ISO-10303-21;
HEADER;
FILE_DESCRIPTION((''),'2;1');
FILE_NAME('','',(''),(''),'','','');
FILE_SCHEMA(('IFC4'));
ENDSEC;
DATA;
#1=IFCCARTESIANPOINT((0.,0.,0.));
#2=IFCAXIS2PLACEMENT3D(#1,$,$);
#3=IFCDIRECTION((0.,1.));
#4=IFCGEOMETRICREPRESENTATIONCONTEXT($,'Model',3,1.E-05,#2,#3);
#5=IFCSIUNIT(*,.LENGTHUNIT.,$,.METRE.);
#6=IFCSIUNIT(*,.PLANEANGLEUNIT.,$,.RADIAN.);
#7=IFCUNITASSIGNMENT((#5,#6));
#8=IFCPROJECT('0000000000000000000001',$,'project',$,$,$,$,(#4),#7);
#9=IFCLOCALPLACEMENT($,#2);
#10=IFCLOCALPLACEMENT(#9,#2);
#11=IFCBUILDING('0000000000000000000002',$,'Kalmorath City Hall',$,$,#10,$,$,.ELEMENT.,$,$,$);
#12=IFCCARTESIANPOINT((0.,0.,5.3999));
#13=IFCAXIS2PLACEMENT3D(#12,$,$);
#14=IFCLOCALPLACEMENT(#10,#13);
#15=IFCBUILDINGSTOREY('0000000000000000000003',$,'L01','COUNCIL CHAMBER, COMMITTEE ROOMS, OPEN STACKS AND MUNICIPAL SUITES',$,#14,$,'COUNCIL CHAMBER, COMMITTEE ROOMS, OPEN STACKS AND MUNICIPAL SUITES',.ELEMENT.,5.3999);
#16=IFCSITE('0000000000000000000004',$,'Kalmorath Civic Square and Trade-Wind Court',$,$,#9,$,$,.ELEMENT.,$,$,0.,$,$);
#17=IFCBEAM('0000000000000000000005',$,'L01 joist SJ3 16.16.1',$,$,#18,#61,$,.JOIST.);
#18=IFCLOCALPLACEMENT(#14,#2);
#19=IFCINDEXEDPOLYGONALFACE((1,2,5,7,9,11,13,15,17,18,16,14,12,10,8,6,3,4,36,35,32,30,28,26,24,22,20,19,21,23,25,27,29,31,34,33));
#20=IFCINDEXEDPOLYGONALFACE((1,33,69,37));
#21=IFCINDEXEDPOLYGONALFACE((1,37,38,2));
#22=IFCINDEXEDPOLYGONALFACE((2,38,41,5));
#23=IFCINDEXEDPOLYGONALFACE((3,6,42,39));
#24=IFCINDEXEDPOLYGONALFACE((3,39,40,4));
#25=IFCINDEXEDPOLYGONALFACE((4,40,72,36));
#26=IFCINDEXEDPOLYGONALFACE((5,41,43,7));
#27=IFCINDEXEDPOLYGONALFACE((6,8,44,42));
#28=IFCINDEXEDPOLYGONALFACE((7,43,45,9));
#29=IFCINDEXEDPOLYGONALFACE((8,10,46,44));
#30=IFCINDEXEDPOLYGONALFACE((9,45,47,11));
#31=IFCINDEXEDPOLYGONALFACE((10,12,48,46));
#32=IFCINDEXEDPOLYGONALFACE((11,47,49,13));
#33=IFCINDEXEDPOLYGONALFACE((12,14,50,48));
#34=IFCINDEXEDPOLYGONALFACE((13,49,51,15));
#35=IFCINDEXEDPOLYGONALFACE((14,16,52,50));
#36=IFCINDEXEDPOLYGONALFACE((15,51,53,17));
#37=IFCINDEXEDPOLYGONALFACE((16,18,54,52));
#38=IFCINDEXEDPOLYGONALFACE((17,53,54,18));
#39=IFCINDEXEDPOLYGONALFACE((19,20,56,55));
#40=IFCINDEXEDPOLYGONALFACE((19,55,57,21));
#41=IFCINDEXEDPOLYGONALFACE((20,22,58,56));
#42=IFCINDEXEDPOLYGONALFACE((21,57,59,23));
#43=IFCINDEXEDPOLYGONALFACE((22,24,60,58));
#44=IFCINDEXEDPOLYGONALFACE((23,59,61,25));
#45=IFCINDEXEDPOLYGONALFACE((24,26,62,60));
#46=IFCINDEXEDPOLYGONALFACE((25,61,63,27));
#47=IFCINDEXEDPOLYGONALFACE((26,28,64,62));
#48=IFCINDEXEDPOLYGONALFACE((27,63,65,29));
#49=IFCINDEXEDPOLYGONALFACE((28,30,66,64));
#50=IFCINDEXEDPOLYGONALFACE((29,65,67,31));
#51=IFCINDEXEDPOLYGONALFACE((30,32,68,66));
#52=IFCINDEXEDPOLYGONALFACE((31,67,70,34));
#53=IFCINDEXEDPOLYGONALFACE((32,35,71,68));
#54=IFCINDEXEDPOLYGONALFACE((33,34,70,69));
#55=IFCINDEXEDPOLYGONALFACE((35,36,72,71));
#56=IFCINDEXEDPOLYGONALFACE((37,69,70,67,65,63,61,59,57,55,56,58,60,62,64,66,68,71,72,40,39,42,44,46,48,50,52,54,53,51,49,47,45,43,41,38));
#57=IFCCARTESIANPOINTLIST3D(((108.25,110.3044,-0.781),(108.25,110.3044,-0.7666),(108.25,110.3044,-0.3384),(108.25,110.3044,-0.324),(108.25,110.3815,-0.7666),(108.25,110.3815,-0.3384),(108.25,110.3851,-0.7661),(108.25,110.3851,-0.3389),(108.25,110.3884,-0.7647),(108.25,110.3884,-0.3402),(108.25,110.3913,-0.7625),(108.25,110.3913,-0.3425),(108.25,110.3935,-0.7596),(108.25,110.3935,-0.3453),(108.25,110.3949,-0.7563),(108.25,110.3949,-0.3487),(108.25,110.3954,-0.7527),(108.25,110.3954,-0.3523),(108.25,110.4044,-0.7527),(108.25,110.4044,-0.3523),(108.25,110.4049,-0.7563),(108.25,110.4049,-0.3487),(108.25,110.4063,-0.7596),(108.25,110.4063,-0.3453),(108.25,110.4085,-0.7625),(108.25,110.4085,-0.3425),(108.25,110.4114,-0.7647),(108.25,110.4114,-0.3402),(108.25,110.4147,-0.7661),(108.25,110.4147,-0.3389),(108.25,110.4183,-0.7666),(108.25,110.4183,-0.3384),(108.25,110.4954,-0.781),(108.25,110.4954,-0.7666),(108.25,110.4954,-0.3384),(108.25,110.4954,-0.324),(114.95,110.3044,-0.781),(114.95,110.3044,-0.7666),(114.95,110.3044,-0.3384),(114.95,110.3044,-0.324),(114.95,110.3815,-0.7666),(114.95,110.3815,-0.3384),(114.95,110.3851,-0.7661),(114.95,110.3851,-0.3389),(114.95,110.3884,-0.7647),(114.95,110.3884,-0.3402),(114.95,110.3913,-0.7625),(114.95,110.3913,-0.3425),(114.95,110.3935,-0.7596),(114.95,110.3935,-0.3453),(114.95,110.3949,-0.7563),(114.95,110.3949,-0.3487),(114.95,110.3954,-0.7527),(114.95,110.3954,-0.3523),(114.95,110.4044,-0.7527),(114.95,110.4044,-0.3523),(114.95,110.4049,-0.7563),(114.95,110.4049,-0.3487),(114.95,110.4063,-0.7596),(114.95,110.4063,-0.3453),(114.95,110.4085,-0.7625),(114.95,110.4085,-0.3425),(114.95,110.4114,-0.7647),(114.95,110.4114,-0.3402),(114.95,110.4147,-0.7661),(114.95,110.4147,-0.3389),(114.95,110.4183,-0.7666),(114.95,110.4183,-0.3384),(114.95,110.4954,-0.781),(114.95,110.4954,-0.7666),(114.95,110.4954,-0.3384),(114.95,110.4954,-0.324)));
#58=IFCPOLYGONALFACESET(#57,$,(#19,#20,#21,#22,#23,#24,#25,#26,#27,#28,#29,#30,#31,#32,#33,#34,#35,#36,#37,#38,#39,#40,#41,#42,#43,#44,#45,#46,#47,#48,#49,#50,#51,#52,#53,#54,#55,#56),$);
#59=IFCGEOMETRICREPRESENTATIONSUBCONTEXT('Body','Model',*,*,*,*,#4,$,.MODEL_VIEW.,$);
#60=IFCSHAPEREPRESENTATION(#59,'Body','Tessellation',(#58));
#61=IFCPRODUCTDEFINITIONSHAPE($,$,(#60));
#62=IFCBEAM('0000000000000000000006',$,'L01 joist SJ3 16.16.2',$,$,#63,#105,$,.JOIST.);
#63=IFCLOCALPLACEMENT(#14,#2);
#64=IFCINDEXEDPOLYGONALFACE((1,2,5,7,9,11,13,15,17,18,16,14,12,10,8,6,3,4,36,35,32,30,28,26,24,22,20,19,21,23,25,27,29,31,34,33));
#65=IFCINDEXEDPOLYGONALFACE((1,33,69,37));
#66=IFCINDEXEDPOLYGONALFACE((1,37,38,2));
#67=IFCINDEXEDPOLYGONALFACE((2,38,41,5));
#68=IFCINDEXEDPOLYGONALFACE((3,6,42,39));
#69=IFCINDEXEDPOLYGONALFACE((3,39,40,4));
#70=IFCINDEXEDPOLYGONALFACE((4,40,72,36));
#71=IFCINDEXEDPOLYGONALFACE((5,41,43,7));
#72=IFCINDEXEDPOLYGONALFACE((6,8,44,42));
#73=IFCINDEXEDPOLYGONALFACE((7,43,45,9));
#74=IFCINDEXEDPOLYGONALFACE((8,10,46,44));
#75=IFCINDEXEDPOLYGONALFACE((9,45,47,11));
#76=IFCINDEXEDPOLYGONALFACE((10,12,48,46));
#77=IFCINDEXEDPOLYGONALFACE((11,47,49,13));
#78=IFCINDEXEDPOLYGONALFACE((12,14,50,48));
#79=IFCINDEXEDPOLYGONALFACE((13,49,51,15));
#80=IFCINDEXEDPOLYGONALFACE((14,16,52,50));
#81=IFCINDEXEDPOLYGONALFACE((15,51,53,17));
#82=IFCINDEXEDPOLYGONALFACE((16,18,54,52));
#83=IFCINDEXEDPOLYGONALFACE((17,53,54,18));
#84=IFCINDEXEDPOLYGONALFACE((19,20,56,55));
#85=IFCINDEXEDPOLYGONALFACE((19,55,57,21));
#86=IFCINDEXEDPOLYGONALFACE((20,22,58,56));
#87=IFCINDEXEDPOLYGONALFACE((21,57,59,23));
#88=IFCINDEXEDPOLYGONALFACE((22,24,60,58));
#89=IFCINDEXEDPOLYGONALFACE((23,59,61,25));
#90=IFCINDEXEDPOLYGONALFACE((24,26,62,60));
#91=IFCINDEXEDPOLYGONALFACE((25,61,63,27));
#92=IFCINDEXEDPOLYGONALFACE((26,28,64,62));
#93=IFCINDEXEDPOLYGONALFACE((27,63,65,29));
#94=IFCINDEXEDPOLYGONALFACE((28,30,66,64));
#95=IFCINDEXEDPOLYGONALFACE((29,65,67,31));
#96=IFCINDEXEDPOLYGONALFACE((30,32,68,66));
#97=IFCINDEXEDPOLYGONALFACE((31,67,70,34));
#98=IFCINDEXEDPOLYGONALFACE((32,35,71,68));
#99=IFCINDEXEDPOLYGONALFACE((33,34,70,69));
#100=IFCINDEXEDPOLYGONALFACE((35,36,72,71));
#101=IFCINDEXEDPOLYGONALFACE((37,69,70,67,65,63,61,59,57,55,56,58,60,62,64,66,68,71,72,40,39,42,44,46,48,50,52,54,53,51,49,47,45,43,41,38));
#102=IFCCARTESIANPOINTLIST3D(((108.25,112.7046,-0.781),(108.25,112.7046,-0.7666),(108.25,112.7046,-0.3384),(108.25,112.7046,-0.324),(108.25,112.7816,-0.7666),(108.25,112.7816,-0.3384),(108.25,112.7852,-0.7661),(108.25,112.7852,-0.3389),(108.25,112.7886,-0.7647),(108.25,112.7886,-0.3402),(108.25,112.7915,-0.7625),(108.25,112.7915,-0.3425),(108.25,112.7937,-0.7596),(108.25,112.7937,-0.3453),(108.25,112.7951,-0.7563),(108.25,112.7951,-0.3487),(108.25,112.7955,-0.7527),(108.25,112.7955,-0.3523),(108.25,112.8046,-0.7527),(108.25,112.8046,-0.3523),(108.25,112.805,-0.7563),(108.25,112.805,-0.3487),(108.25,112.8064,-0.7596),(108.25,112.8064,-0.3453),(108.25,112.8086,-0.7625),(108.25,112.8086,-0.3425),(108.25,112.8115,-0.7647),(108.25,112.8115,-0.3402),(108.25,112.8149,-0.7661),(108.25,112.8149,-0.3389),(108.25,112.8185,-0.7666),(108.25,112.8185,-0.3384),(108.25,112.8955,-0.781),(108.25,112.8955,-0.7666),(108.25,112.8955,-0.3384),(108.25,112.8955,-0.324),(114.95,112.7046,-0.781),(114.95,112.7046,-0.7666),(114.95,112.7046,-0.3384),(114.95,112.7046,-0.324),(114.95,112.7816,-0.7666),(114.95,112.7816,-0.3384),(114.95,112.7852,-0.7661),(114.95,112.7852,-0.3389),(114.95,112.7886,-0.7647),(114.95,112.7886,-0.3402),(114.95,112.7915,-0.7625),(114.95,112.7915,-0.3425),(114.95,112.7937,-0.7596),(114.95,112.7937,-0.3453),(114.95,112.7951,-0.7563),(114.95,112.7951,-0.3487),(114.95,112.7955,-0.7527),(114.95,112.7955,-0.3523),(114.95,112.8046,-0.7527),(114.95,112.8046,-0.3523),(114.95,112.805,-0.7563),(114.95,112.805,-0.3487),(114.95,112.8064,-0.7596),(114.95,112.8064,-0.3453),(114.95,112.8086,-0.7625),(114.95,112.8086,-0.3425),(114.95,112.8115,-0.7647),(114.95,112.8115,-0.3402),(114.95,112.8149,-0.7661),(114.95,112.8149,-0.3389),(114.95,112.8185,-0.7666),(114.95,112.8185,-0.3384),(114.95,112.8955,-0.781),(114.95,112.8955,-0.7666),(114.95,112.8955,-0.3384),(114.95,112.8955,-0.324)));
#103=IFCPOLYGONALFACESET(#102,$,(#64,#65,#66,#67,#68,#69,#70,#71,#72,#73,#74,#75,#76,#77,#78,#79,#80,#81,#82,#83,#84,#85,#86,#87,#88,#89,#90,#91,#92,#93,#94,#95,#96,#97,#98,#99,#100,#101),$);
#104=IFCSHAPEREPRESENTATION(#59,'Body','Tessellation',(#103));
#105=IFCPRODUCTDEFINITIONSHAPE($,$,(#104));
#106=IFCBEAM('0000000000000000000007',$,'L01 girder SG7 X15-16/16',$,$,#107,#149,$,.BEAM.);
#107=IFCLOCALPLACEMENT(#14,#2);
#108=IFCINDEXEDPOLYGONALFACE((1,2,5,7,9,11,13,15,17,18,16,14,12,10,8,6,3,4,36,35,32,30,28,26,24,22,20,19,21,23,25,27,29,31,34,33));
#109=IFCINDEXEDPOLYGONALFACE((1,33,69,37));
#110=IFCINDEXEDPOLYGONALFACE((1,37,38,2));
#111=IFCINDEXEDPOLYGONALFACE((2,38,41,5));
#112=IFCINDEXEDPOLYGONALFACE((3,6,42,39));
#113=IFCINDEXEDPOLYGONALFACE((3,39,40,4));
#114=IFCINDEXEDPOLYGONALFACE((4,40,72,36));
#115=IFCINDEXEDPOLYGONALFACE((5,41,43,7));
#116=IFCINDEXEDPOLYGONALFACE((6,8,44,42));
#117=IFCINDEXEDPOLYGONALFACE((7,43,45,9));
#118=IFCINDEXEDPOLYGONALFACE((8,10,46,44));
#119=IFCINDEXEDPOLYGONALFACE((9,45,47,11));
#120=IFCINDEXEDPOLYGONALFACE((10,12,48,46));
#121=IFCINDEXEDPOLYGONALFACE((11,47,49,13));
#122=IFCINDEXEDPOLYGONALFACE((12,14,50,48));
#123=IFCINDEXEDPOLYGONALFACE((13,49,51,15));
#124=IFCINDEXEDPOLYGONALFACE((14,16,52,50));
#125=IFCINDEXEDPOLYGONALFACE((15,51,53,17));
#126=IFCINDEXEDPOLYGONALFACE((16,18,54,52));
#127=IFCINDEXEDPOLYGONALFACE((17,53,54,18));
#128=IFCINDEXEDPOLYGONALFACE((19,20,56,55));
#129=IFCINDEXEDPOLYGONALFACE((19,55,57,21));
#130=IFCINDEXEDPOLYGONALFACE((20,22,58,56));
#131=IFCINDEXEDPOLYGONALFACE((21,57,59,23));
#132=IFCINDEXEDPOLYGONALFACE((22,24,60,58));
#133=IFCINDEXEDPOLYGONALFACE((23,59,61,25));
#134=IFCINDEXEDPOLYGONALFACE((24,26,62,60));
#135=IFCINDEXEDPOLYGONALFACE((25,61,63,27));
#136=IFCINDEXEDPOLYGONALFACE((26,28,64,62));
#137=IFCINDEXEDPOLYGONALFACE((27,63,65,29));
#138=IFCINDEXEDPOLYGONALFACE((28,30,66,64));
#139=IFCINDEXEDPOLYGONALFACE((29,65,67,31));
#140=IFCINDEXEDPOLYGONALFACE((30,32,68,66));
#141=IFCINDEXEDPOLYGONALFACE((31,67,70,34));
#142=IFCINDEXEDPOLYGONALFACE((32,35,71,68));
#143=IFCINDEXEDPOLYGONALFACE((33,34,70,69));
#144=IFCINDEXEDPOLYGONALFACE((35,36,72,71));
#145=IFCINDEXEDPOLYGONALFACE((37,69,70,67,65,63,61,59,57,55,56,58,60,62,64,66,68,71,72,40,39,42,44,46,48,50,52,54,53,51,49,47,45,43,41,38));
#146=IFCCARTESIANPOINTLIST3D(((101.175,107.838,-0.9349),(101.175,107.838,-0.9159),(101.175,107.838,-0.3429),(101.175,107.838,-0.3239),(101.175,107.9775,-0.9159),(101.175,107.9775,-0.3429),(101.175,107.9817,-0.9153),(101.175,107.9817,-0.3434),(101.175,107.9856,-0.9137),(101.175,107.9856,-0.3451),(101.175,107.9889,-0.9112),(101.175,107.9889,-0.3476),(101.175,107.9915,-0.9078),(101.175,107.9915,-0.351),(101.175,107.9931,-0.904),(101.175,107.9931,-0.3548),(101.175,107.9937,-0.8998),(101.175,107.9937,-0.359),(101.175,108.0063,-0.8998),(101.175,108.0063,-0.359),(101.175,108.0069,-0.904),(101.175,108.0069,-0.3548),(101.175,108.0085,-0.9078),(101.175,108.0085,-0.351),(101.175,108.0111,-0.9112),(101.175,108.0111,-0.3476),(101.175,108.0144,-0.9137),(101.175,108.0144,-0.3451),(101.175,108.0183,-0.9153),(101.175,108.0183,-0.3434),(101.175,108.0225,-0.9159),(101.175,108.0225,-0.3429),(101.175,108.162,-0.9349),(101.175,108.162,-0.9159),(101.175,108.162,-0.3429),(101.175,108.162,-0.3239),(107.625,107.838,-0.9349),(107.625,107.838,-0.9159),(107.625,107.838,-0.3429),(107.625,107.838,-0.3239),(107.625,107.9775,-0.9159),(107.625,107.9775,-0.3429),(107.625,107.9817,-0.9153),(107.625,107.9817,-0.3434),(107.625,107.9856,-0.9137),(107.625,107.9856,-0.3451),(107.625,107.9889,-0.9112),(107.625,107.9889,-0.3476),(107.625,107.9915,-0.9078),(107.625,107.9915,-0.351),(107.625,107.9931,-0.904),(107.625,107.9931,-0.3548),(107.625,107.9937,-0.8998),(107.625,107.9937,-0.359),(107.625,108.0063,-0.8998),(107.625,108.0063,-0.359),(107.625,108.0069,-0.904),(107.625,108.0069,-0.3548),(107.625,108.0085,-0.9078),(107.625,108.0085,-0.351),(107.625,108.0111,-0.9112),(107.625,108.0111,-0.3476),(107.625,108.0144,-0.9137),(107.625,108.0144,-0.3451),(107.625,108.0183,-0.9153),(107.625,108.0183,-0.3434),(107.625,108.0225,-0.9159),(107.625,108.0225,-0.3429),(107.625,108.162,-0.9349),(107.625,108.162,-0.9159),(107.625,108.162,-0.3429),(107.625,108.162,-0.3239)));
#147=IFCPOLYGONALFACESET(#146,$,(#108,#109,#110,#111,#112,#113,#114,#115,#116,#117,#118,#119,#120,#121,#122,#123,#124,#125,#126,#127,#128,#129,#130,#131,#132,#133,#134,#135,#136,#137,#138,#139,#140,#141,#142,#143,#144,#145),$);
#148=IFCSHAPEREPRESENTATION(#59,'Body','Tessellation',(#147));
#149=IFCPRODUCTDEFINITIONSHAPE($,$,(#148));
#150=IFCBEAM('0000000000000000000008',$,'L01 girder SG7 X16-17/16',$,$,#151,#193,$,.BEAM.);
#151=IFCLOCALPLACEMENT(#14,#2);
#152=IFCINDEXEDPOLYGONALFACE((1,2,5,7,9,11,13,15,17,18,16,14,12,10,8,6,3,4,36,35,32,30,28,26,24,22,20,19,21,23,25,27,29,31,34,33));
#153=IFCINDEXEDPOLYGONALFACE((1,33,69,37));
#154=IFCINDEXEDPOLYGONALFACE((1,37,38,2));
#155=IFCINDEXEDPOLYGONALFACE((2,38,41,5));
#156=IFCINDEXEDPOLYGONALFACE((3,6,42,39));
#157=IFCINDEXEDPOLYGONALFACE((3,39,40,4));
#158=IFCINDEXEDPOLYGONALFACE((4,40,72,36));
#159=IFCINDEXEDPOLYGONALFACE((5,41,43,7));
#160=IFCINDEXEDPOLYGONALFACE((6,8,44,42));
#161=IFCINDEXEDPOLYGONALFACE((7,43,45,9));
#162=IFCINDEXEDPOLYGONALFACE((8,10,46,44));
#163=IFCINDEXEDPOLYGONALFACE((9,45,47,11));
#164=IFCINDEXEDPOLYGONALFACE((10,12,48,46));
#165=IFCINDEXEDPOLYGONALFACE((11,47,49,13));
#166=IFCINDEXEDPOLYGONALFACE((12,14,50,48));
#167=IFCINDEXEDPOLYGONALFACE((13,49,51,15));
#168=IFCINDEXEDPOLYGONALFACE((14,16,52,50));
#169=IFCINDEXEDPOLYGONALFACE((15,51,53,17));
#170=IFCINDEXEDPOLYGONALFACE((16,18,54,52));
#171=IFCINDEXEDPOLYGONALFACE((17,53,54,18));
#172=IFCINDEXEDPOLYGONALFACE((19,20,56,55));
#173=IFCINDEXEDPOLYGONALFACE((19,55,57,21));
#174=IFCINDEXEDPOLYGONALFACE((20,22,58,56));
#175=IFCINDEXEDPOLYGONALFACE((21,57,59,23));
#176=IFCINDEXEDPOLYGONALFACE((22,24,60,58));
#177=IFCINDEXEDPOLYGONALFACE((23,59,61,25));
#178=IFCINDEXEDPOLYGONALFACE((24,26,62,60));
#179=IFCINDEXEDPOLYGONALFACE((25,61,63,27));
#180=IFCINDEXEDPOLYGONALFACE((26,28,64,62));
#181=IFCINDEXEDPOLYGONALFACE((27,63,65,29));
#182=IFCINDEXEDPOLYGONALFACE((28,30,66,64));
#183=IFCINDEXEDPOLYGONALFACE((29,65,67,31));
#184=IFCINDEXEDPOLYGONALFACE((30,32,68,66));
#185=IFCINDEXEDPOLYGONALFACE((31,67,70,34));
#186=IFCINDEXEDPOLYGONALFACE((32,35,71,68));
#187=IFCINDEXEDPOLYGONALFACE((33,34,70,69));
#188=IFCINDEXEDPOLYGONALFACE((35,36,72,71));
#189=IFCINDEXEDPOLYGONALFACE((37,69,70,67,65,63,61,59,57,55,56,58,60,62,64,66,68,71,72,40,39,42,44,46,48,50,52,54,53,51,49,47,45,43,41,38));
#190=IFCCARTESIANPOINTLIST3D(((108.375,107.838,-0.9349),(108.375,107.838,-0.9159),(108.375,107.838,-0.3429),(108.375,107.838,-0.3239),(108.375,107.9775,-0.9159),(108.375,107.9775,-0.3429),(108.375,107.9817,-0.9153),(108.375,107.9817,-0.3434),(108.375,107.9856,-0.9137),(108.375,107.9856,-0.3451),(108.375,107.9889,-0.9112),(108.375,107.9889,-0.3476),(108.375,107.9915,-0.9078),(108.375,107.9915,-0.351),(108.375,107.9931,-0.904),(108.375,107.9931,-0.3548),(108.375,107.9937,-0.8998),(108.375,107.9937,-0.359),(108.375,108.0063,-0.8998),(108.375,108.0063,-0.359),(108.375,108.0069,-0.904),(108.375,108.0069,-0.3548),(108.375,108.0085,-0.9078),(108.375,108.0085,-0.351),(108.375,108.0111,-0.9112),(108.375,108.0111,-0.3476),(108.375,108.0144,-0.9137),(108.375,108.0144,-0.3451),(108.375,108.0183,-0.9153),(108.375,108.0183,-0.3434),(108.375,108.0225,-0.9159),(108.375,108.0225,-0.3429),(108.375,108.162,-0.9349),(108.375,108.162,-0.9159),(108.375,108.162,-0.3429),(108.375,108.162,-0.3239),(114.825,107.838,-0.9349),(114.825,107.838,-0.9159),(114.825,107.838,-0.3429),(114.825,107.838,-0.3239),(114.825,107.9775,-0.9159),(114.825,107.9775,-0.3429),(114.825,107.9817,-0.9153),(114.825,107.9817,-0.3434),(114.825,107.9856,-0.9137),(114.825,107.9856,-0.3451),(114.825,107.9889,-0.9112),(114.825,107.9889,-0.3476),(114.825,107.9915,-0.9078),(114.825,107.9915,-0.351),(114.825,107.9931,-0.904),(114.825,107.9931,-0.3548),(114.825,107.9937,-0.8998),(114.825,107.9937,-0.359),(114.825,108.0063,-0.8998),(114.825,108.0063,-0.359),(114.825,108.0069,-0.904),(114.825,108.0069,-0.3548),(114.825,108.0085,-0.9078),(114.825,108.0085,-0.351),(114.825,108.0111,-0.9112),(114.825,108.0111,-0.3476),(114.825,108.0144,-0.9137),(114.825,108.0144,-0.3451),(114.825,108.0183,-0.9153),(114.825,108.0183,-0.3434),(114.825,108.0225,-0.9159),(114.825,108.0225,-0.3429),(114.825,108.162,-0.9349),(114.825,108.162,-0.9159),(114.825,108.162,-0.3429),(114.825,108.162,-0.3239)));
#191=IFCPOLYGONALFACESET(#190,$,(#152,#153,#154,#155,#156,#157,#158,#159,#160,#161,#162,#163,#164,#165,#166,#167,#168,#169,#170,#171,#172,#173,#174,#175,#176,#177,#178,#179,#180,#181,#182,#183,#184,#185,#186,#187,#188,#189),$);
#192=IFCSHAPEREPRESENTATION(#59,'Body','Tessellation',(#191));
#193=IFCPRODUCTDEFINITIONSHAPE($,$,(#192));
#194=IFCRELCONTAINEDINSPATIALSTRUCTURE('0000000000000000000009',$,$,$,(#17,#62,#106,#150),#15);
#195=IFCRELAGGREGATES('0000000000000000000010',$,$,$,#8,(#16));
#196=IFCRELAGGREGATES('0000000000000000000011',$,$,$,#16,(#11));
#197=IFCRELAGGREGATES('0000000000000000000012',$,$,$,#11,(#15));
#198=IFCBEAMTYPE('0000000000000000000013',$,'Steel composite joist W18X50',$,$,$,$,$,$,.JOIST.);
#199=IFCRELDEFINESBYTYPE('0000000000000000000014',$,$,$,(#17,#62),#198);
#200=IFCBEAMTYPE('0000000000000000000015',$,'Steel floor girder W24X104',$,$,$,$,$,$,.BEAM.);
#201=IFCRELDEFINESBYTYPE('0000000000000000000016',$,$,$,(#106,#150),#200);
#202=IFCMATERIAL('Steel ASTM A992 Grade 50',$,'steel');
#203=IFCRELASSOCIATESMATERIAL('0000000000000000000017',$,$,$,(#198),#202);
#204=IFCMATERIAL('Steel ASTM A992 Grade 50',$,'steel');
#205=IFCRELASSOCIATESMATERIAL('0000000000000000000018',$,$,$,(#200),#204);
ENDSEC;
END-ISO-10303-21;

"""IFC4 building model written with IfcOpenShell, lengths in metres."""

from ifc_helpers import new_model, si_unit, direction, frame, origin, origin_2d, place, context, subcontext, project, spatial, i_section, extrude, material, material_profile, profile_set, type_object, element, save


model = new_model("IFC4")

# Units and contexts
model_context = context("Model", 3, precision=1e-05, world=origin(), true_north=direction((0.0, 1.0)))
body_context = subcontext(model_context, "Body", "Model", "MODEL_VIEW")
ifc_project = project(units=[si_unit("LENGTHUNIT", "METRE"), si_unit("PLANEANGLEUNIT", "RADIAN")], contexts=[model_context])

# Site, building, storey
site_placement = place(None, origin())
site = spatial("IfcSite", under=ifc_project, at=site_placement, Name="Kalmorath Civic Square and Trade-Wind Court", CompositionType="ELEMENT", RefElevation=0.0)
building_placement = place(site_placement, origin())
building = spatial("IfcBuilding", under=site, at=building_placement, Name="Kalmorath City Hall", CompositionType="ELEMENT")
storey_placement = place(building_placement, frame((0.0, 0.0, 5.3999)))
storey = spatial("IfcBuildingStorey", under=building, at=storey_placement, Name="L01", Description="COUNCIL CHAMBER, COMMITTEE ROOMS, OPEN STACKS AND MUNICIPAL SUITES", LongName="COUNCIL CHAMBER, COMMITTEE ROOMS, OPEN STACKS AND MUNICIPAL SUITES", CompositionType="ELEMENT", Elevation=5.3999)

# Beams
ifc_material_1 = material(Name="Steel ASTM A992 Grade 50", Category="steel")
ifc_material_profile_1 = material_profile(ifc_material_1, i_section(OverallWidth=0.1909, OverallDepth=0.457, WebThickness=0.009, FlangeThickness=0.0144, FilletRadius=0.0139, at=origin_2d()), Name="W18X50")
ifc_profile_set_1 = profile_set([ifc_material_profile_1], Name="Steel ASTM A992 Grade 50")
beam_type_1 = type_object("IfcBeamType", Name="Steel composite joist W18X50", PredefinedType="JOIST", material=ifc_profile_set_1)
for number, where, z_axis, x_axis, name in (
    (1, (108.25, 110.3999, -0.5525), (1.0, 0.0, 0.0), (0.0, 1.0, 0.0), "L01 joist SJ3 16.16.1"),
    (2, (108.25, 112.8, -0.5525), (1.0, 0.0, 0.0), (0.0, 1.0, 0.0), "L01 joist SJ3 16.16.2"),
):
    element("IfcBeam", number, at=place(storey_placement, frame(where, z_axis=z_axis, x_axis=x_axis)), inside=storey, type_object=beam_type_1, Name=name, PredefinedType="JOIST", context=body_context, shape_type="SweptSolid", body=[
        extrude(i_section(OverallWidth=0.1909, OverallDepth=0.457, WebThickness=0.009, FlangeThickness=0.0144, FilletRadius=0.0139, at=origin_2d()), origin(), (0.0, 0.0, 1.0), 6.7),
    ])
ifc_material_2 = material(Name="Steel ASTM A992 Grade 50", Category="steel")
ifc_material_profile_2 = material_profile(ifc_material_2, i_section(OverallWidth=0.324, OverallDepth=0.6111, WebThickness=0.0127, FlangeThickness=0.019, FilletRadius=0.0161, at=origin_2d()), Name="W24X104")
ifc_profile_set_2 = profile_set([ifc_material_profile_2], Name="Steel ASTM A992 Grade 50")
beam_type_2 = type_object("IfcBeamType", Name="Steel floor girder W24X104", PredefinedType="BEAM", material=ifc_profile_set_2)
for number, where, z_axis, x_axis, name in (
    (3, (101.175, 108.0, -0.6294), (1.0, 0.0, 0.0), (0.0, 1.0, 0.0), "L01 girder SG7 X15-16/16"),
    (4, (108.375, 108.0, -0.6294), (1.0, 0.0, 0.0), (0.0, 1.0, 0.0), "L01 girder SG7 X16-17/16"),
):
    element("IfcBeam", number, at=place(storey_placement, frame(where, z_axis=z_axis, x_axis=x_axis)), inside=storey, type_object=beam_type_2, Name=name, PredefinedType="BEAM", context=body_context, shape_type="SweptSolid", body=[
        extrude(i_section(OverallWidth=0.324, OverallDepth=0.6111, WebThickness=0.0127, FlangeThickness=0.019, FilletRadius=0.0161, at=origin_2d()), origin(), (0.0, 0.0, 1.0), 6.45),
    ])

save(model, "model.ifc")
